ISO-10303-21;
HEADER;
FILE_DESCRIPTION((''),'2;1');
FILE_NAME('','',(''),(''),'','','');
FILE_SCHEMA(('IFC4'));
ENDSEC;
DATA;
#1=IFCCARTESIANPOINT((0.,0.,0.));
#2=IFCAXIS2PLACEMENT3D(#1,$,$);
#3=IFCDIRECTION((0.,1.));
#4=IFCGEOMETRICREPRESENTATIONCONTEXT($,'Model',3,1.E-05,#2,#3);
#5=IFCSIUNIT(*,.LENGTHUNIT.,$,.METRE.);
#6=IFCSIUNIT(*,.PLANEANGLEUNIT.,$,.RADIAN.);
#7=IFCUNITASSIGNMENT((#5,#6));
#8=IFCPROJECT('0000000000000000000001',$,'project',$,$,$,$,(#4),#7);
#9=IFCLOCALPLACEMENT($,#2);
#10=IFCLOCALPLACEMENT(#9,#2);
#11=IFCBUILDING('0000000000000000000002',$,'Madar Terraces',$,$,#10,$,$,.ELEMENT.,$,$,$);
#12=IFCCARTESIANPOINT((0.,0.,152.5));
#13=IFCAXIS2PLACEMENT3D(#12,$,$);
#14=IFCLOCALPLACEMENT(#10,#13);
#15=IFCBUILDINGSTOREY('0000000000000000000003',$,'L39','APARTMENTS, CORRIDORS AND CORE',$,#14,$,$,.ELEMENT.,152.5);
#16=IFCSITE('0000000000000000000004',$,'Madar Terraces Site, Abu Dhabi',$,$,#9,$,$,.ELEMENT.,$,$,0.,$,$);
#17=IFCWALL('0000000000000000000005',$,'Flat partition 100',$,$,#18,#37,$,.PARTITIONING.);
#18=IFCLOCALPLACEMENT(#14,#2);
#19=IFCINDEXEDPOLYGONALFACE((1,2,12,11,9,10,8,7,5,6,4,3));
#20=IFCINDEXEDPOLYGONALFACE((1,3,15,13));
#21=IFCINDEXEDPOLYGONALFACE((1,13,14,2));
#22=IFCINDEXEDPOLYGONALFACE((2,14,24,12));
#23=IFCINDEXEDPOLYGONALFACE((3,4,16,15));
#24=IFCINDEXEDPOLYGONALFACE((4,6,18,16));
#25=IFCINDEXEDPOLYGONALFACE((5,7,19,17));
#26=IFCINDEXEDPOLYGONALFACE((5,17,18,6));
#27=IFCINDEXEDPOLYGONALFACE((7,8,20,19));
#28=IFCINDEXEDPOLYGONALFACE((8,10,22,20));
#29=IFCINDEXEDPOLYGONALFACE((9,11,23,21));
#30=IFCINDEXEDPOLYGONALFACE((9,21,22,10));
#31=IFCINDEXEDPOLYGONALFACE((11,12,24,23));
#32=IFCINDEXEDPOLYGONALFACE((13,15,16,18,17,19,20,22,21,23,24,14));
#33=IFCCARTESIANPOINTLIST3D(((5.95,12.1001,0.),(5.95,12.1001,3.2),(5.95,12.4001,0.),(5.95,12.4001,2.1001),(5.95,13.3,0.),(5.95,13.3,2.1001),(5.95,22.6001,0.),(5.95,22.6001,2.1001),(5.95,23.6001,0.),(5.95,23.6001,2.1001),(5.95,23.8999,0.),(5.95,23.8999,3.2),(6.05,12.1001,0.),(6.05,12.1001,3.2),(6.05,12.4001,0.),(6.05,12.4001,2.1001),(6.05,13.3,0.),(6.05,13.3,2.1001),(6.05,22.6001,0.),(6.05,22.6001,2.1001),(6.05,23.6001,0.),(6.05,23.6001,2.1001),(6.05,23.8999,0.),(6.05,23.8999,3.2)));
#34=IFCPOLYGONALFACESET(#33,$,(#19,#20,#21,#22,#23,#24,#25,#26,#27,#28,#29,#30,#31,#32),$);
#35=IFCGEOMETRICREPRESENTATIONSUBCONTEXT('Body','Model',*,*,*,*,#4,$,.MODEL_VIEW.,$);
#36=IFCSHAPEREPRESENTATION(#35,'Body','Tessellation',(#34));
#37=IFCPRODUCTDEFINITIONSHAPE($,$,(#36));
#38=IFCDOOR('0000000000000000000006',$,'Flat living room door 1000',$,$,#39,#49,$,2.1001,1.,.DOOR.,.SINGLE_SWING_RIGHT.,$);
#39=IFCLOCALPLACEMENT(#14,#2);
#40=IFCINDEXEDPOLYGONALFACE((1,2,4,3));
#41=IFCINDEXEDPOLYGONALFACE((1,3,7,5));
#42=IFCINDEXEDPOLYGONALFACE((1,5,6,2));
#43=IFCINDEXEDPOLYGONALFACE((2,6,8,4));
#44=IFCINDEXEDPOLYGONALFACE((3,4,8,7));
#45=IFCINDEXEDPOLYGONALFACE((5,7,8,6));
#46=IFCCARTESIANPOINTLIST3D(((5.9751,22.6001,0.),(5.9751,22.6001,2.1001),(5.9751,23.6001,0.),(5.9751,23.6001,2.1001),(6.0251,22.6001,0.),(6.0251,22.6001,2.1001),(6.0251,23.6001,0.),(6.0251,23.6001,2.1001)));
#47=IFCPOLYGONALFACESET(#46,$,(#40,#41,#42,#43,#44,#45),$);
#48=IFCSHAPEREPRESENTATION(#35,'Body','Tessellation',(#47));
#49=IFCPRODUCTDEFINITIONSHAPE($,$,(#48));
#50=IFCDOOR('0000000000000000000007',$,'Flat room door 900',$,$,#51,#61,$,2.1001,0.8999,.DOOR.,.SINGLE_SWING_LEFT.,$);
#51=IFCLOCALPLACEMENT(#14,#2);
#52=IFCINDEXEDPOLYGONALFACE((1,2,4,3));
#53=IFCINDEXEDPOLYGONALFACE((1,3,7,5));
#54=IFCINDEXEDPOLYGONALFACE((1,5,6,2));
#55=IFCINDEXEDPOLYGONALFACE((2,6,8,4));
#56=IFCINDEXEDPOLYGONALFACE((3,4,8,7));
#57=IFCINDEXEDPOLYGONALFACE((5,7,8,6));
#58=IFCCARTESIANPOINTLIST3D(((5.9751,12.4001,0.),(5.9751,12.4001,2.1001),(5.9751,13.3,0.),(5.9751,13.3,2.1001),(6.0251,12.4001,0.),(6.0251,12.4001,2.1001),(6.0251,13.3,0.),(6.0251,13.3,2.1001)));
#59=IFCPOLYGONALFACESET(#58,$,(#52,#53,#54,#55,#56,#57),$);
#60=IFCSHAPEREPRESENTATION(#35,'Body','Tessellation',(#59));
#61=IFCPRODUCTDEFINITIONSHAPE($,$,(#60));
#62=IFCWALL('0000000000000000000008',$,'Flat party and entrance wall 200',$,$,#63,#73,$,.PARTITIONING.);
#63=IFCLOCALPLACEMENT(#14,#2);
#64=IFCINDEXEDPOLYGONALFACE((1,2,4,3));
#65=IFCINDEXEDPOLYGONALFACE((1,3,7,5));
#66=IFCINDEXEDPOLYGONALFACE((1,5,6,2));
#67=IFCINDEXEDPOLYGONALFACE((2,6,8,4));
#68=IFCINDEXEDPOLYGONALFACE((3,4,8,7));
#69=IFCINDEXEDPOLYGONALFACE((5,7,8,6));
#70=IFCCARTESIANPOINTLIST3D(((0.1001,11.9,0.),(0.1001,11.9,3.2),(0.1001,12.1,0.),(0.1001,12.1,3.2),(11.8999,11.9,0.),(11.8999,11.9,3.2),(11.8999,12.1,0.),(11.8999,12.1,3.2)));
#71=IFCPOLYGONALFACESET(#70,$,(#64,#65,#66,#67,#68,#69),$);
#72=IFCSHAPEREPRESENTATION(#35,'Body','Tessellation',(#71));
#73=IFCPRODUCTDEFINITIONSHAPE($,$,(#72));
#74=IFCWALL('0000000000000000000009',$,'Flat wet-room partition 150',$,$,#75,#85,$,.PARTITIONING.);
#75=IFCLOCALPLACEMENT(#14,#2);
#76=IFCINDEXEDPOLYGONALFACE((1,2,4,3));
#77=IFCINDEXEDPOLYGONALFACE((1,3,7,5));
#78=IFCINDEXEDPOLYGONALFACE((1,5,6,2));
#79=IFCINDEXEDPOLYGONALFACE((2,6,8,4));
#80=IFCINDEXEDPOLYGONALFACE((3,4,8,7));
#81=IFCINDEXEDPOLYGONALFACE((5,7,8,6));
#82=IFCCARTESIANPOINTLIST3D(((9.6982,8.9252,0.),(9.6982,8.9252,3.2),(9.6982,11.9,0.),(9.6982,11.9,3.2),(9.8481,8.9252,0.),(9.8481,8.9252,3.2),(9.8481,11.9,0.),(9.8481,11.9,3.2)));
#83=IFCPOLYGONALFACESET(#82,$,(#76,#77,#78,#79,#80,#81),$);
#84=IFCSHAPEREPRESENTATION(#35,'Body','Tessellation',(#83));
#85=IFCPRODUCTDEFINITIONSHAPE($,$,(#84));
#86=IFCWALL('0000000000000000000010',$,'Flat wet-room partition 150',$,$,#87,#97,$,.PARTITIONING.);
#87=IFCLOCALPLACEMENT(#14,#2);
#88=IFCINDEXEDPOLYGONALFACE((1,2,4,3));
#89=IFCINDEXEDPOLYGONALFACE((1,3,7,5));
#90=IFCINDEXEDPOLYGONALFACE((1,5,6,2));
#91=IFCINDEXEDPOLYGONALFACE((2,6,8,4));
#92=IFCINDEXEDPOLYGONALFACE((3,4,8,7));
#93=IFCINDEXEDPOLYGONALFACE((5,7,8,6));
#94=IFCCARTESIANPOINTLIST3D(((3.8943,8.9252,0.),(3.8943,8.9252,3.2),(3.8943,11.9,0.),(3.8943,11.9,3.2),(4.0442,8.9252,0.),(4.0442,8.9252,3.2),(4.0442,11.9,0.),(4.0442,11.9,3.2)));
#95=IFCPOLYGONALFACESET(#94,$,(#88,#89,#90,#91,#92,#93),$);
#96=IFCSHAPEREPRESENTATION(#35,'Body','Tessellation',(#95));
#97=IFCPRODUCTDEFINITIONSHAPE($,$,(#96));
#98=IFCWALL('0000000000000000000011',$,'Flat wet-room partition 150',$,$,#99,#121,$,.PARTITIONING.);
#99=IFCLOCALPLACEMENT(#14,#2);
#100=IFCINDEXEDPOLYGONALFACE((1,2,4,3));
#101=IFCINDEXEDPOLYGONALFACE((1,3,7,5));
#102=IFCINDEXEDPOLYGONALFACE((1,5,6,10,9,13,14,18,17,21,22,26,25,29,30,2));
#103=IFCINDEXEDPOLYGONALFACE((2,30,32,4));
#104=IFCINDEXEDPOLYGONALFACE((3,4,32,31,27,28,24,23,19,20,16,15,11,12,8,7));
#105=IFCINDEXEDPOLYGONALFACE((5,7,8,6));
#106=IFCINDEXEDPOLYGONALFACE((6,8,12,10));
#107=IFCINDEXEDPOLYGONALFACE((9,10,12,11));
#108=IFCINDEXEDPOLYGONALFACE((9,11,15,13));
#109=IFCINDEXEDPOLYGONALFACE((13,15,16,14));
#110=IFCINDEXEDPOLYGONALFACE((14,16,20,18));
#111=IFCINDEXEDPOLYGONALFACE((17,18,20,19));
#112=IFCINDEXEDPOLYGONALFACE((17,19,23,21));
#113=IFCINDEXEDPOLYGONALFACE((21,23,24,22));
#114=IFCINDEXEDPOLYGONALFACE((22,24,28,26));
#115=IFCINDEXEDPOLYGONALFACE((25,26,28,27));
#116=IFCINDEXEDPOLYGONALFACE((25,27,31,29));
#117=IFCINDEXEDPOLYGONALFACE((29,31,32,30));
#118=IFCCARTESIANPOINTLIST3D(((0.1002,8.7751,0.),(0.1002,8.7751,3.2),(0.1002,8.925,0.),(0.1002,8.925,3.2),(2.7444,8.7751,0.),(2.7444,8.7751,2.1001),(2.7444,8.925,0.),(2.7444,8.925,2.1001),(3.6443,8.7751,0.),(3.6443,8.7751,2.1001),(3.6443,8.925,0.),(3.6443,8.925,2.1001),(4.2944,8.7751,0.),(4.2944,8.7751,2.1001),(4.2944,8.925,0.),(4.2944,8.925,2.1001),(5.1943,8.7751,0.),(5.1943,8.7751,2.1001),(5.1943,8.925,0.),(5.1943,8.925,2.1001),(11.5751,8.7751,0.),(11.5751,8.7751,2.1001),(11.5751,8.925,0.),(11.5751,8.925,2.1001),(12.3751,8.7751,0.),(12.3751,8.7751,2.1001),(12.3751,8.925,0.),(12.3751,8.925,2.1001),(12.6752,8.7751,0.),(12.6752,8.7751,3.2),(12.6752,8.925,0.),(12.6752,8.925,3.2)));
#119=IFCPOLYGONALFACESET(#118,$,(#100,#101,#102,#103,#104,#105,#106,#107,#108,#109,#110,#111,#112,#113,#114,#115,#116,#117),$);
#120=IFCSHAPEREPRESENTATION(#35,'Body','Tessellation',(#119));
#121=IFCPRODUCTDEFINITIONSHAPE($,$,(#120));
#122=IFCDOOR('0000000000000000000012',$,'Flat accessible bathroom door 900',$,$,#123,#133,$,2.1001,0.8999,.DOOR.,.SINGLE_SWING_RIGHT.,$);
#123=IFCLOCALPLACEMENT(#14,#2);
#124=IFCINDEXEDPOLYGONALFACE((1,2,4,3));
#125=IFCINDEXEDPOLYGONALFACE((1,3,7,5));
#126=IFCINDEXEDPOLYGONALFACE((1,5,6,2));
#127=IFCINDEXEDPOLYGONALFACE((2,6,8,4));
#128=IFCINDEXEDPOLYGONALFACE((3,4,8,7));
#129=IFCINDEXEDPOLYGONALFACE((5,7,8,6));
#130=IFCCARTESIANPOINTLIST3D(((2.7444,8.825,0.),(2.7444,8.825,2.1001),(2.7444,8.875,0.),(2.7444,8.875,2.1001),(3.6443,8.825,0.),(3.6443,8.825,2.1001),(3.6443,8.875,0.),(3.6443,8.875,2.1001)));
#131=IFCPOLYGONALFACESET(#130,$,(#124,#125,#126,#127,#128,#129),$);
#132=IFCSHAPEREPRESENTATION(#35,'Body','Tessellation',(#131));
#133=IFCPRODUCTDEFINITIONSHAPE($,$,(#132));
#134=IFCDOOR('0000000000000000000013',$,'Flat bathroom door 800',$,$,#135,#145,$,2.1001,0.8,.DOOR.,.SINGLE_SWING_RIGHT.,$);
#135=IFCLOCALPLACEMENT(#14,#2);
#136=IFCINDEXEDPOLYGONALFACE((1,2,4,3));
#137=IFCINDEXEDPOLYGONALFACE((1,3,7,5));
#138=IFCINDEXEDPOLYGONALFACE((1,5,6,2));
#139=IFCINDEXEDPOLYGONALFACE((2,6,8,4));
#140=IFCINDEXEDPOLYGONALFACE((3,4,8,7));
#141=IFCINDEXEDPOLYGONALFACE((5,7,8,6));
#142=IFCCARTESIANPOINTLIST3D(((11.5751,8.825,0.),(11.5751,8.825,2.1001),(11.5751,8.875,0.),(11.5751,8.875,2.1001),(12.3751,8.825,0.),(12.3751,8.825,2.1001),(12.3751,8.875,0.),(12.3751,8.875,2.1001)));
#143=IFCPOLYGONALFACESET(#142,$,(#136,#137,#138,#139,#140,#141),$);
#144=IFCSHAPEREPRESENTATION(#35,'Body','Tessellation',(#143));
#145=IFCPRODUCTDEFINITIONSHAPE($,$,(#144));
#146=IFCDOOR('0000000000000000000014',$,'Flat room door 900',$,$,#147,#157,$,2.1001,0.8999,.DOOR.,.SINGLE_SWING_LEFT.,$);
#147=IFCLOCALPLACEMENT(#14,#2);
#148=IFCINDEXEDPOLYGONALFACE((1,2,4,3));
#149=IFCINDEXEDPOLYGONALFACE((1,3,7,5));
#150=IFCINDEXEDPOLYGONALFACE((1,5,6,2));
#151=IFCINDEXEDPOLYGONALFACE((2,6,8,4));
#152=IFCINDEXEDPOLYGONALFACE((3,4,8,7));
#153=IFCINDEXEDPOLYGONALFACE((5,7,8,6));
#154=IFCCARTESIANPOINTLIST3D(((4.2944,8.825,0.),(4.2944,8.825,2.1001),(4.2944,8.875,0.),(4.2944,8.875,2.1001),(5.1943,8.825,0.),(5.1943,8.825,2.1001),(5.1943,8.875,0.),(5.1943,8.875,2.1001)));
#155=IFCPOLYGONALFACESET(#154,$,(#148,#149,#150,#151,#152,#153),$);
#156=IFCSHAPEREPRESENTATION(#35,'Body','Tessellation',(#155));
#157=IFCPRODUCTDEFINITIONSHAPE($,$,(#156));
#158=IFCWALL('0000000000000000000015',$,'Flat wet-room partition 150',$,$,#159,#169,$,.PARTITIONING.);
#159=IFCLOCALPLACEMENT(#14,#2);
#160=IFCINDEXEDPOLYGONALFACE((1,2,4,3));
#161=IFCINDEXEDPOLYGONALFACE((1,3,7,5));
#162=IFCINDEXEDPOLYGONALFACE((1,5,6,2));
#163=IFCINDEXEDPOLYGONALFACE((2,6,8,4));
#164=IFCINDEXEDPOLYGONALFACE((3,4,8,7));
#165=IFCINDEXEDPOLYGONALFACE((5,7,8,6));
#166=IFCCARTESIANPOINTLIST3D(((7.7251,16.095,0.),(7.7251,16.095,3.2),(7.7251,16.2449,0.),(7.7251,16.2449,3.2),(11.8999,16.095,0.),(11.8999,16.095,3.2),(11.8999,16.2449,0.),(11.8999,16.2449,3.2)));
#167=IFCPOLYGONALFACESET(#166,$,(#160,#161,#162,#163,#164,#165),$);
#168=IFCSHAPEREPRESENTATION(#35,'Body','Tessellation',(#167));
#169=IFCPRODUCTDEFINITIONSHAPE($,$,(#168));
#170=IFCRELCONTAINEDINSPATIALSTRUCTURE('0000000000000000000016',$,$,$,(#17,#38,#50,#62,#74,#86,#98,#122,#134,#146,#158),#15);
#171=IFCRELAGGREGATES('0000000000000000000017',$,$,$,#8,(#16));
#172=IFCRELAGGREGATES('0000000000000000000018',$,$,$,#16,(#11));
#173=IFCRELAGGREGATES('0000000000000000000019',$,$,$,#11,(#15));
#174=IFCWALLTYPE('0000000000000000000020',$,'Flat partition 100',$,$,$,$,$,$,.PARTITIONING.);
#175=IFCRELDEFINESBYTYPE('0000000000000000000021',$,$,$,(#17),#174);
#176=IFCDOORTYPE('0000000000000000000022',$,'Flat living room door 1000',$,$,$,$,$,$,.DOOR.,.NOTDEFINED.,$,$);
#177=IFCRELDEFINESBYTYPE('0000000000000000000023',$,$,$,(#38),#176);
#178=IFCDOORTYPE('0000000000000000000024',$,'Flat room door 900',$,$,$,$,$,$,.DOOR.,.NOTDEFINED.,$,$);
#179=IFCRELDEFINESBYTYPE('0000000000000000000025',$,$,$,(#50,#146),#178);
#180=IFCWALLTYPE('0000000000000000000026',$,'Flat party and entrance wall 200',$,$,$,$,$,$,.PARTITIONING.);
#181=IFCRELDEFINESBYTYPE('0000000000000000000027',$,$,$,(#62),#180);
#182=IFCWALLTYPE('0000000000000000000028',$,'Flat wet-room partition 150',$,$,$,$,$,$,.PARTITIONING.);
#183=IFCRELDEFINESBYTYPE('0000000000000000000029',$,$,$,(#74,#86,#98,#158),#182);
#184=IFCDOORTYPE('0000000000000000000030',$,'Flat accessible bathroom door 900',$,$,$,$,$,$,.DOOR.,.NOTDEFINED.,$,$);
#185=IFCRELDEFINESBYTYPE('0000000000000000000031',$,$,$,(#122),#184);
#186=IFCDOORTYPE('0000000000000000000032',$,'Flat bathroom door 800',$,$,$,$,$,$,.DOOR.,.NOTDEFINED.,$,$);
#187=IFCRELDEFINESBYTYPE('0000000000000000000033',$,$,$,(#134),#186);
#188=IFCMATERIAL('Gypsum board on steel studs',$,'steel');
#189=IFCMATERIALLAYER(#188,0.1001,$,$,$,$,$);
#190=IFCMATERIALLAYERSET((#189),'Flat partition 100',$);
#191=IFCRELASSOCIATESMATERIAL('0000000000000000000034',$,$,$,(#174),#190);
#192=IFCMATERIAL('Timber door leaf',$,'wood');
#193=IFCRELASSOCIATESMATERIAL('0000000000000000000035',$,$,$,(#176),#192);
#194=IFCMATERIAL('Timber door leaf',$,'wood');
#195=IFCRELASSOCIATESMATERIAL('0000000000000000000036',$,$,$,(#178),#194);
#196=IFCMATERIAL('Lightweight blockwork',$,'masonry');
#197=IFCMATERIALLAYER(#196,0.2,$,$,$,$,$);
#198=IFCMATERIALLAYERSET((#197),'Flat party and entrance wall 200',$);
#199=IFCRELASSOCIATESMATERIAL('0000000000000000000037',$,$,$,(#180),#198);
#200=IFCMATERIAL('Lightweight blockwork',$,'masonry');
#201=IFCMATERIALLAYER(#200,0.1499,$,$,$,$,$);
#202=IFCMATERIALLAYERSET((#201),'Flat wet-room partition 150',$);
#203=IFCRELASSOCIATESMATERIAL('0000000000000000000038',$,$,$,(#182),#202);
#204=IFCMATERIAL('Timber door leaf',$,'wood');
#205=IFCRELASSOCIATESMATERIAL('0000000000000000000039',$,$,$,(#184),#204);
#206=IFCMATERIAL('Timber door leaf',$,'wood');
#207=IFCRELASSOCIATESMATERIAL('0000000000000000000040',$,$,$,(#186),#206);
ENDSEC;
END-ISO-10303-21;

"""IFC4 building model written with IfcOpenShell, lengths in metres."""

from ifc_helpers import new_model, si_unit, direction, frame, frame_2d, origin, place, context, subcontext, project, spatial, rectangle, extrude, material, layer, layer_set, type_object, element, fill, save


model = new_model("IFC4")

# Units and contexts
model_context = context("Model", 3, precision=1e-05, world=origin(), true_north=direction((0.0, 1.0)))
body_context = subcontext(model_context, "Body", "Model", "MODEL_VIEW")
ifc_project = project(units=[si_unit("LENGTHUNIT", "METRE"), si_unit("PLANEANGLEUNIT", "RADIAN")], contexts=[model_context])

# Site, building, storey
site_placement = place(None, origin())
site = spatial("IfcSite", under=ifc_project, at=site_placement, Name="Madar Terraces Site, Abu Dhabi", CompositionType="ELEMENT", RefElevation=0.0)
building_placement = place(site_placement, origin())
building = spatial("IfcBuilding", under=site, at=building_placement, Name="Madar Terraces", CompositionType="ELEMENT")
storey_placement = place(building_placement, frame((0.0, 0.0, 152.5)))
storey = spatial("IfcBuildingStorey", under=building, at=storey_placement, Name="L39", Description="APARTMENTS, CORRIDORS AND CORE", CompositionType="ELEMENT", Elevation=152.5)

# Shared definitions
ifc_material_1 = material(Name="Gypsum board on steel studs", Category="steel")
ifc_layer_1 = layer(ifc_material_1, 0.1001)
ifc_layer_set_1 = layer_set([ifc_layer_1], Name="Flat partition 100")
wall_type_1 = type_object("IfcWallType", Name="Flat partition 100", PredefinedType="PARTITIONING", material=ifc_layer_set_1)

# Wall, openings, doors
wall_1_placement = place(storey_placement, frame((6.0, 12.1001, 0.0), z_axis=(0.0, 0.0, 1.0), x_axis=(0.0, 1.0, 0.0)))
wall_1 = element("IfcWall", 1, at=wall_1_placement, inside=storey, type_object=wall_type_1, Name="Flat partition 100", PredefinedType="PARTITIONING", context=body_context, shape_type="SweptSolid", body=[
    extrude(rectangle(XDim=11.7998, YDim=0.1001, at=frame_2d((5.8999, 0.0))), origin(), (0.0, 0.0, 1.0), 3.2),
])
opening_1_placement = place(wall_1_placement, frame((10.5, 0.0, 0.0)))
opening_1 = element("IfcOpeningElement", 2, at=opening_1_placement, cuts=wall_1, PredefinedType="OPENING", context=body_context, shape_type="SweptSolid", body=[
    extrude(rectangle(XDim=1.0, YDim=2.1001, at=frame_2d((0.5, 1.05))), frame((0.0, 0.0601, 0.0), z_axis=(0.0, -1.0, 0.0), x_axis=(1.0, 0.0, 0.0)), (0.0, 0.0, 1.0), 0.1201),
])
opening_2_placement = place(wall_1_placement, frame((0.3, 0.0, 0.0)))
opening_2 = element("IfcOpeningElement", 3, at=opening_2_placement, cuts=wall_1, PredefinedType="OPENING", context=body_context, shape_type="SweptSolid", body=[
    extrude(rectangle(XDim=0.8999, YDim=2.1001, at=frame_2d((0.45, 1.05))), frame((0.0, 0.0601, 0.0), z_axis=(0.0, -1.0, 0.0), x_axis=(1.0, 0.0, 0.0)), (0.0, 0.0, 1.0), 0.1201),
])
ifc_material_2 = material(Name="Timber door leaf", Category="wood")
door_type_1 = type_object("IfcDoorType", Name="Flat living room door 1000", OperationType="NOTDEFINED", PredefinedType="DOOR", material=ifc_material_2)
door_1_placement = place(opening_1_placement, origin())
door_1 = element("IfcDoor", 4, at=door_1_placement, inside=storey, type_object=door_type_1, Name="Flat living room door 1000", OperationType="SINGLE_SWING_RIGHT", OverallHeight=2.1001, OverallWidth=1.0, PredefinedType="DOOR", context=body_context, shape_type="SweptSolid", body=[
    extrude(rectangle(XDim=1.0, YDim=2.1001, at=frame_2d((0.5, 1.05))), frame((0.0, 0.0249, 0.0), z_axis=(0.0, -1.0, 0.0), x_axis=(1.0, 0.0, 0.0)), (0.0, 0.0, 1.0), 0.05),
])
fill(opening_1, door_1)
ifc_material_3 = material(Name="Timber door leaf", Category="wood")
door_type_2 = type_object("IfcDoorType", Name="Flat room door 900", OperationType="NOTDEFINED", PredefinedType="DOOR", material=ifc_material_3)
door_2_placement = place(opening_2_placement, origin())
door_2 = element("IfcDoor", 5, at=door_2_placement, inside=storey, type_object=door_type_2, Name="Flat room door 900", OperationType="SINGLE_SWING_LEFT", OverallHeight=2.1001, OverallWidth=0.8999, PredefinedType="DOOR", context=body_context, shape_type="SweptSolid", body=[
    extrude(rectangle(XDim=0.8999, YDim=2.1001, at=frame_2d((0.45, 1.05))), frame((0.0, 0.0249, 0.0), z_axis=(0.0, -1.0, 0.0), x_axis=(1.0, 0.0, 0.0)), (0.0, 0.0, 1.0), 0.05),
])
fill(opening_2, door_2)

# Walls
ifc_material_4 = material(Name="Lightweight blockwork", Category="masonry")
ifc_layer_2 = layer(ifc_material_4, 0.2)
ifc_layer_set_2 = layer_set([ifc_layer_2], Name="Flat party and entrance wall 200")
wall_type_2 = type_object("IfcWallType", Name="Flat party and entrance wall 200", PredefinedType="PARTITIONING", material=ifc_layer_set_2)
wall_2_placement = place(storey_placement, frame((0.1001, 12.0, 0.0), z_axis=(0.0, 0.0, 1.0), x_axis=(1.0, 0.0, 0.0)))
element("IfcWall", 6, at=wall_2_placement, inside=storey, type_object=wall_type_2, Name="Flat party and entrance wall 200", PredefinedType="PARTITIONING", context=body_context, shape_type="SweptSolid", body=[
    extrude(rectangle(XDim=11.7998, YDim=0.2, at=frame_2d((5.8999, 0.0))), origin(), (0.0, 0.0, 1.0), 3.2),
])
ifc_material_5 = material(Name="Lightweight blockwork", Category="masonry")
ifc_layer_3 = layer(ifc_material_5, 0.1499)
ifc_layer_set_3 = layer_set([ifc_layer_3], Name="Flat wet-room partition 150")
wall_type_3 = type_object("IfcWallType", Name="Flat wet-room partition 150", PredefinedType="PARTITIONING", material=ifc_layer_set_3)
for number, where, z_axis, x_axis, name in (
    (7, (9.7732, 11.8999, 0.0), (0.0, 0.0, 1.0), (0.0, -1.0, 0.0), "Flat wet-room partition 150"),
    (8, (3.9692, 11.8999, 0.0), (0.0, 0.0, 1.0), (0.0, -1.0, 0.0), "Flat wet-room partition 150"),
):
    element("IfcWall", number, at=place(storey_placement, frame(where, z_axis=z_axis, x_axis=x_axis)), inside=storey, type_object=wall_type_3, Name=name, PredefinedType="PARTITIONING", context=body_context, shape_type="SweptSolid", body=[
        extrude(rectangle(XDim=2.9749, YDim=0.1499, at=frame_2d((1.4873, 0.0))), origin(), (0.0, 0.0, 1.0), 3.2),
    ])

# Wall, openings, doors
wall_3_placement = place(storey_placement, frame((0.1001, 8.8501, 0.0), z_axis=(0.0, 0.0, 1.0), x_axis=(1.0, 0.0, 0.0)))
wall_3 = element("IfcWall", 9, at=wall_3_placement, inside=storey, type_object=wall_type_3, Name="Flat wet-room partition 150", PredefinedType="PARTITIONING", context=body_context, shape_type="SweptSolid", body=[
    extrude(rectangle(XDim=12.575, YDim=0.1499, at=frame_2d((6.2876, 0.0))), origin(), (0.0, 0.0, 1.0), 3.2),
])
opening_3_placement = place(wall_3_placement, frame((11.4751, 0.0, 0.0)))
opening_3 = element("IfcOpeningElement", 10, at=opening_3_placement, cuts=wall_3, PredefinedType="OPENING", context=body_context, shape_type="SweptSolid", body=[
    extrude(rectangle(XDim=0.8, YDim=2.1001, at=frame_2d((0.3999, 1.05))), frame((0.0, 0.085, 0.0), z_axis=(0.0, -1.0, 0.0), x_axis=(1.0, 0.0, 0.0)), (0.0, 0.0, 1.0), 0.1699),
])
opening_4_placement = place(wall_3_placement, frame((4.1943, 0.0, 0.0)))
opening_4 = element("IfcOpeningElement", 11, at=opening_4_placement, cuts=wall_3, PredefinedType="OPENING", context=body_context, shape_type="SweptSolid", body=[
    extrude(rectangle(XDim=0.8999, YDim=2.1001, at=frame_2d((0.45, 1.05))), frame((0.0, 0.085, 0.0), z_axis=(0.0, -1.0, 0.0), x_axis=(1.0, 0.0, 0.0)), (0.0, 0.0, 1.0), 0.1699),
])
opening_5_placement = place(wall_3_placement, frame((2.6443, 0.0, 0.0)))
opening_5 = element("IfcOpeningElement", 12, at=opening_5_placement, cuts=wall_3, PredefinedType="OPENING", context=body_context, shape_type="SweptSolid", body=[
    extrude(rectangle(XDim=0.8999, YDim=2.1001, at=frame_2d((0.45, 1.05))), frame((0.0, 0.085, 0.0), z_axis=(0.0, -1.0, 0.0), x_axis=(1.0, 0.0, 0.0)), (0.0, 0.0, 1.0), 0.1699),
])
ifc_material_6 = material(Name="Timber door leaf", Category="wood")
door_type_3 = type_object("IfcDoorType", Name="Flat accessible bathroom door 900", OperationType="NOTDEFINED", PredefinedType="DOOR", material=ifc_material_6)
door_3_placement = place(opening_5_placement, origin())
door_3 = element("IfcDoor", 13, at=door_3_placement, inside=storey, type_object=door_type_3, Name="Flat accessible bathroom door 900", OperationType="SINGLE_SWING_RIGHT", OverallHeight=2.1001, OverallWidth=0.8999, PredefinedType="DOOR", context=body_context, shape_type="SweptSolid", body=[
    extrude(rectangle(XDim=0.8999, YDim=2.1001, at=frame_2d((0.45, 1.05))), frame((0.0, 0.0249, 0.0), z_axis=(0.0, -1.0, 0.0), x_axis=(1.0, 0.0, 0.0)), (0.0, 0.0, 1.0), 0.05),
])
fill(opening_5, door_3)
ifc_material_7 = material(Name="Timber door leaf", Category="wood")
door_type_4 = type_object("IfcDoorType", Name="Flat bathroom door 800", OperationType="NOTDEFINED", PredefinedType="DOOR", material=ifc_material_7)
door_4_placement = place(opening_3_placement, origin())
door_4 = element("IfcDoor", 14, at=door_4_placement, inside=storey, type_object=door_type_4, Name="Flat bathroom door 800", OperationType="SINGLE_SWING_RIGHT", OverallHeight=2.1001, OverallWidth=0.8, PredefinedType="DOOR", context=body_context, shape_type="SweptSolid", body=[
    extrude(rectangle(XDim=0.8, YDim=2.1001, at=frame_2d((0.3999, 1.05))), frame((0.0, 0.0249, 0.0), z_axis=(0.0, -1.0, 0.0), x_axis=(1.0, 0.0, 0.0)), (0.0, 0.0, 1.0), 0.05),
])
fill(opening_3, door_4)
door_5_placement = place(opening_4_placement, origin())
door_5 = element("IfcDoor", 15, at=door_5_placement, inside=storey, type_object=door_type_2, Name="Flat room door 900", OperationType="SINGLE_SWING_LEFT", OverallHeight=2.1001, OverallWidth=0.8999, PredefinedType="DOOR", context=body_context, shape_type="SweptSolid", body=[
    extrude(rectangle(XDim=0.8999, YDim=2.1001, at=frame_2d((0.45, 1.05))), frame((0.0, 0.0249, 0.0), z_axis=(0.0, -1.0, 0.0), x_axis=(1.0, 0.0, 0.0)), (0.0, 0.0, 1.0), 0.05),
])
fill(opening_4, door_5)

# Wall
wall_4_placement = place(storey_placement, frame((11.8999, 16.1699, 0.0), z_axis=(0.0, 0.0, 1.0), x_axis=(-1.0, 0.0, 0.0)))
element("IfcWall", 16, at=wall_4_placement, inside=storey, type_object=wall_type_3, Name="Flat wet-room partition 150", PredefinedType="PARTITIONING", context=body_context, shape_type="SweptSolid", body=[
    extrude(rectangle(XDim=4.1748, YDim=0.1499, at=frame_2d((2.0874, 0.0))), origin(), (0.0, 0.0, 1.0), 3.2),
])

save(model, "model.ifc")
